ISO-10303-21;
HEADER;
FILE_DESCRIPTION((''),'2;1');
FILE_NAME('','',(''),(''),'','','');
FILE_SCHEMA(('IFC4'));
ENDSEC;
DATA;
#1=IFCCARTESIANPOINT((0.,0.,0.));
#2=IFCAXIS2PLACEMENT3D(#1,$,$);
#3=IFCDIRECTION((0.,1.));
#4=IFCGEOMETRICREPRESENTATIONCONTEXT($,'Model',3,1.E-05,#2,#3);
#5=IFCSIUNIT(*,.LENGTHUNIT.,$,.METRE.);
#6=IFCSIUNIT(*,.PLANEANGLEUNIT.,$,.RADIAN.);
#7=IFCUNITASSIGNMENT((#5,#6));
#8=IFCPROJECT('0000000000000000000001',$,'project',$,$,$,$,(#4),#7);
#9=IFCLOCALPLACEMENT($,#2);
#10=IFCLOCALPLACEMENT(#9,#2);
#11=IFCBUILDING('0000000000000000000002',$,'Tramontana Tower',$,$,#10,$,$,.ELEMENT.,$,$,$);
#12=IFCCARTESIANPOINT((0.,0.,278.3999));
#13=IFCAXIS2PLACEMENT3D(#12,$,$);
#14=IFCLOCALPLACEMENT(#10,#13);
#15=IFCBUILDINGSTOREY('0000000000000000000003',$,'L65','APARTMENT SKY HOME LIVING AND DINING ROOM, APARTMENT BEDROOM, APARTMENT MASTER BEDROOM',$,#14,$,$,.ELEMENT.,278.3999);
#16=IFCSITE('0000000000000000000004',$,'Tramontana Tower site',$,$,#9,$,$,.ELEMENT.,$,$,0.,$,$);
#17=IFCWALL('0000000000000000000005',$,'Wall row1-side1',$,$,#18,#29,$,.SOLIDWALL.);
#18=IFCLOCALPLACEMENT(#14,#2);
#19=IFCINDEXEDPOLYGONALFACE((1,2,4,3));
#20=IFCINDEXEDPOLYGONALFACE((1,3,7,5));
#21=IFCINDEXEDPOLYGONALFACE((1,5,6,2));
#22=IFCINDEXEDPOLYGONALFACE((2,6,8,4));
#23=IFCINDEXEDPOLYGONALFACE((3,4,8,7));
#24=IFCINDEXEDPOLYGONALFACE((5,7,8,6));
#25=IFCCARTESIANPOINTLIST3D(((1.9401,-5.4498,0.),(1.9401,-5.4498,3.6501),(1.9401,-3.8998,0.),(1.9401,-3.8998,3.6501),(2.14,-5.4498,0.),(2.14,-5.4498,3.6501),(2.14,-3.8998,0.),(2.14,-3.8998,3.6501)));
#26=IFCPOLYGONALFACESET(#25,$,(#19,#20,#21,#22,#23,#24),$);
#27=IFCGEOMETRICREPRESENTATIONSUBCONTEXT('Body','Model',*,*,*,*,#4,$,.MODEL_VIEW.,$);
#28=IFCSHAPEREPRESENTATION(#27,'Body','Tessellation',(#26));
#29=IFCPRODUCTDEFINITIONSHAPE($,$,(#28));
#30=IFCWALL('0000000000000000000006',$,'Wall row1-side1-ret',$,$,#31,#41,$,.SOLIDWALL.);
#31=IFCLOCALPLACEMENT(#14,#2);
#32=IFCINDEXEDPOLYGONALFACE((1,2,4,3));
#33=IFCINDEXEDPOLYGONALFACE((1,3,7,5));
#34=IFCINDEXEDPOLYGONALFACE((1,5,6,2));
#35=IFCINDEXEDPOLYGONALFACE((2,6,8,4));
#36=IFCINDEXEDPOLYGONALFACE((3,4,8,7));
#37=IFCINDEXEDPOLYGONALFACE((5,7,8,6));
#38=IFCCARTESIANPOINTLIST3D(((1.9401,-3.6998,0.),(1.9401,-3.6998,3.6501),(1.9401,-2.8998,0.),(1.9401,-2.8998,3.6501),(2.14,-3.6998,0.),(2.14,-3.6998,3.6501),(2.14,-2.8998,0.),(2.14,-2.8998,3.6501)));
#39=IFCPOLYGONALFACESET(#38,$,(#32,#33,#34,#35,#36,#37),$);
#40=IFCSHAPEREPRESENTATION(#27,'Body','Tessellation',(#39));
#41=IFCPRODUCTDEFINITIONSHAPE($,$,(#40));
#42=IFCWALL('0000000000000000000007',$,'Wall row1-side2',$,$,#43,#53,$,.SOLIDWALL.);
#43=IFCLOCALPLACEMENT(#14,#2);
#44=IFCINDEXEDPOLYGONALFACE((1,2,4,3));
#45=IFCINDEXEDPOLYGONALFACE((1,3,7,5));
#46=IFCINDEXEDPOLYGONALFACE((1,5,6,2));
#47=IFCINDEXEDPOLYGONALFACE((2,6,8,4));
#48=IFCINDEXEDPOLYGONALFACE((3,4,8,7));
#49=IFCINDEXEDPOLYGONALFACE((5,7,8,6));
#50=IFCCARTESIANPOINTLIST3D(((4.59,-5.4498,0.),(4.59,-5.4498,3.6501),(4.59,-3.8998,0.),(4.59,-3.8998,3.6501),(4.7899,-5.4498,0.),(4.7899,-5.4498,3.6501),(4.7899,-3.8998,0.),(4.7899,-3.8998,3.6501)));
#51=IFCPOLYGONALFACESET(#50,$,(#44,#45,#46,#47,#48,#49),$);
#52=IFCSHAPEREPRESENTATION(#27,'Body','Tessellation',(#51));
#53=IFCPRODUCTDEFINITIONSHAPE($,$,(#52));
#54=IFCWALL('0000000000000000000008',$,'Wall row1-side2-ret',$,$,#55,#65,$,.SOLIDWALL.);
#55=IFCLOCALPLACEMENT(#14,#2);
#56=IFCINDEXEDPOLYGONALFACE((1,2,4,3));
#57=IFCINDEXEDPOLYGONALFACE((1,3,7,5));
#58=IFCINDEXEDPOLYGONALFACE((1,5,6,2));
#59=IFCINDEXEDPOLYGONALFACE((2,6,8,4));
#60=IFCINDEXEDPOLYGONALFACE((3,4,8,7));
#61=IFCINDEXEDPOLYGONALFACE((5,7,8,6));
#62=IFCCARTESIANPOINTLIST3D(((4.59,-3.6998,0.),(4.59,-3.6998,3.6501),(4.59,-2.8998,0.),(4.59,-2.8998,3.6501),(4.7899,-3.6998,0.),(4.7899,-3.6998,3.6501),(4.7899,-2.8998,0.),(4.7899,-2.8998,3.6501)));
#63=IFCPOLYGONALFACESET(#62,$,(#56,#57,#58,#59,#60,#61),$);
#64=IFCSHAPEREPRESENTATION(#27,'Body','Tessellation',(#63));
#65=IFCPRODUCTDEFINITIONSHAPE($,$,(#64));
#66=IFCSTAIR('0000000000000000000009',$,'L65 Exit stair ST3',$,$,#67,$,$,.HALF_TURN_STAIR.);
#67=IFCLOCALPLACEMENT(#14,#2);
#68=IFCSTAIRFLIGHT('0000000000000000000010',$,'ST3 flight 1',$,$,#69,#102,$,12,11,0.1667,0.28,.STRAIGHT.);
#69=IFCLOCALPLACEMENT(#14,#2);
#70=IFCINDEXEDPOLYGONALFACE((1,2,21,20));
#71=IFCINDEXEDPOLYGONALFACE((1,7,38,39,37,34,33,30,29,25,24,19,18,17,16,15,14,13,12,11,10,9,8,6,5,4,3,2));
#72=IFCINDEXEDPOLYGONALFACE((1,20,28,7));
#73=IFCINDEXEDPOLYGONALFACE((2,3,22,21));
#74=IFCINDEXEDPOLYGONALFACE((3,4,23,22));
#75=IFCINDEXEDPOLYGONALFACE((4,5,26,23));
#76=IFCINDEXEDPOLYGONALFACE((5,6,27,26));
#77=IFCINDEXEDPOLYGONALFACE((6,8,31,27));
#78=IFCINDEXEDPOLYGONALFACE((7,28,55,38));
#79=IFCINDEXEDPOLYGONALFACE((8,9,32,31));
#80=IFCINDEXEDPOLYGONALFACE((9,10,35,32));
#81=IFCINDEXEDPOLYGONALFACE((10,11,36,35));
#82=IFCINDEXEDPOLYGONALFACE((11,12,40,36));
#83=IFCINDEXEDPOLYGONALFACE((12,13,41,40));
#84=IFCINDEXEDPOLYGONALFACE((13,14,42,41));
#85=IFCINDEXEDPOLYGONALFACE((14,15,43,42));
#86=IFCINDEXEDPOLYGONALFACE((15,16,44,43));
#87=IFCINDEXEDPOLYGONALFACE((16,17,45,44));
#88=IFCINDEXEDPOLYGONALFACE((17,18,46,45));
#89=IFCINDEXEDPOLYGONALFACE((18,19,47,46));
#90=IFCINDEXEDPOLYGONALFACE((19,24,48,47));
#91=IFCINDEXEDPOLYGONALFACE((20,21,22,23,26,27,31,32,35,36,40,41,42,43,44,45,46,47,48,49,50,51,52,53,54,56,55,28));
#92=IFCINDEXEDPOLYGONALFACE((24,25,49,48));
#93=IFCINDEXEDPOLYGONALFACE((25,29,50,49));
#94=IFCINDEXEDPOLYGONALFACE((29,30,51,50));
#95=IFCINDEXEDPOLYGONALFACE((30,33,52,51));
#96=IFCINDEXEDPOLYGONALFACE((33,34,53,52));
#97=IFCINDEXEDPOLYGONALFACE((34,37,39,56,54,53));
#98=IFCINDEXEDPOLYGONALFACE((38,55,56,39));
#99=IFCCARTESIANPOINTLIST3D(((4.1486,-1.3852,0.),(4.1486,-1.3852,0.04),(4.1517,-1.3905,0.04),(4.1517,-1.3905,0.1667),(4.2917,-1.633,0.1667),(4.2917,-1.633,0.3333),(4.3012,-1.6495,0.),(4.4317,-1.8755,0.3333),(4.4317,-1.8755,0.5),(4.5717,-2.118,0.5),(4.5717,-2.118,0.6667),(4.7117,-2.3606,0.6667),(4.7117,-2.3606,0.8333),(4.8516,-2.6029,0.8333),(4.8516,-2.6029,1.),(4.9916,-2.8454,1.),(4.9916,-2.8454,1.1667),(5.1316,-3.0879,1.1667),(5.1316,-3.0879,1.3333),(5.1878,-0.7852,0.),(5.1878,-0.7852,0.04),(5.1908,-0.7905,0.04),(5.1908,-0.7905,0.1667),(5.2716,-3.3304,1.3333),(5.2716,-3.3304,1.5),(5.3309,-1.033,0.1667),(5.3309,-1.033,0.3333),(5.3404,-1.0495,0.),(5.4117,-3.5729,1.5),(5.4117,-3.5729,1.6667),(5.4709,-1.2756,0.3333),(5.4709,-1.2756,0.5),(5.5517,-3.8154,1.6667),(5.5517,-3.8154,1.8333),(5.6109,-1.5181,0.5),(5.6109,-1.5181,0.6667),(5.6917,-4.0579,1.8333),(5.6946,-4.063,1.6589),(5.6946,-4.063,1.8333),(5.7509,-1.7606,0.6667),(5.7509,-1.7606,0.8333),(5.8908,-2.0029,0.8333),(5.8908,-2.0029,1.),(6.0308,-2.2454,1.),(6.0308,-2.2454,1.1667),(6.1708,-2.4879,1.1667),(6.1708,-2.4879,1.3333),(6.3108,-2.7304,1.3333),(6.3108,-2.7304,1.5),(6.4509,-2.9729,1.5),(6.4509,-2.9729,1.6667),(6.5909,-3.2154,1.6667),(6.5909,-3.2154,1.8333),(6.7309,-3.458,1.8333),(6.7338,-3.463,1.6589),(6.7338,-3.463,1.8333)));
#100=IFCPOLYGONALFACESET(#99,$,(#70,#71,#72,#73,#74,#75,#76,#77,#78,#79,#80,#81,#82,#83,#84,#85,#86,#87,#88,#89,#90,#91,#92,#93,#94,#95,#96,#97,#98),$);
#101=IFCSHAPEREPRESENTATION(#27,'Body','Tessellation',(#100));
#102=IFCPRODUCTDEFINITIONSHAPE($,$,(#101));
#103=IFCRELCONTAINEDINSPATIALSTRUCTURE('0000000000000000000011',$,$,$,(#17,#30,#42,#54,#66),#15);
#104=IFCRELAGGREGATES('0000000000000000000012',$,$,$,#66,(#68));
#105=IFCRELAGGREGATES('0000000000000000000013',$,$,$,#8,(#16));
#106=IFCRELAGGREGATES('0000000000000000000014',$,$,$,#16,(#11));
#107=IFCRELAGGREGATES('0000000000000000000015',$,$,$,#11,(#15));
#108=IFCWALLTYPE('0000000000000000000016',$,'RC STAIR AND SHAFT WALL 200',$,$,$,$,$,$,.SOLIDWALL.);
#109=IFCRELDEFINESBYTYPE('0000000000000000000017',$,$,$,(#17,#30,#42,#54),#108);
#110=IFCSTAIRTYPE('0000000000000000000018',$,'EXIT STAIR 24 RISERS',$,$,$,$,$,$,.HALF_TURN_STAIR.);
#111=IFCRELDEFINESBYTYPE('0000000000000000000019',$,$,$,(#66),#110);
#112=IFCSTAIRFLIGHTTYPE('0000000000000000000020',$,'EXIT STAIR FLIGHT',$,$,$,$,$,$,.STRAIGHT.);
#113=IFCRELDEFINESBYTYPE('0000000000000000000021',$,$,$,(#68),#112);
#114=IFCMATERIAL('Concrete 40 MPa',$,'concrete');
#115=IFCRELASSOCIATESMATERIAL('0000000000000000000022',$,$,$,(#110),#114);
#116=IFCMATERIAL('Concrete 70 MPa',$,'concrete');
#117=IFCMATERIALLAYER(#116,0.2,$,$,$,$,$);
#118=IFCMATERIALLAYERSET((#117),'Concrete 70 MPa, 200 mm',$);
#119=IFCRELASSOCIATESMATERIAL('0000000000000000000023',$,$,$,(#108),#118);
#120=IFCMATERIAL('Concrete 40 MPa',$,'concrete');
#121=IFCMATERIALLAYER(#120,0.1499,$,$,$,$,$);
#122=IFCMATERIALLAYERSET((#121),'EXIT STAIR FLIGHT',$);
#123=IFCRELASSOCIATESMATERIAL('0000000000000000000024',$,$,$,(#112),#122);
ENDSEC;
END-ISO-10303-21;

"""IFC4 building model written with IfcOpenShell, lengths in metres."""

from ifc_helpers import new_model, si_unit, direction, frame, frame_2d, origin, place, context, subcontext, project, spatial, polyline, rectangle, outline, extrude, material, layer, layer_set, type_object, element, aggregate, save


model = new_model("IFC4")

# Units and contexts
model_context = context("Model", 3, precision=1e-05, world=origin(), true_north=direction((0.0, 1.0)))
body_context = subcontext(model_context, "Body", "Model", "MODEL_VIEW")
ifc_project = project(units=[si_unit("LENGTHUNIT", "METRE"), si_unit("PLANEANGLEUNIT", "RADIAN")], contexts=[model_context])

# Site, building, storey
site_placement = place(None, origin())
site = spatial("IfcSite", under=ifc_project, at=site_placement, Name="Tramontana Tower site", CompositionType="ELEMENT", RefElevation=0.0)
building_placement = place(site_placement, origin())
building = spatial("IfcBuilding", under=site, at=building_placement, Name="Tramontana Tower", CompositionType="ELEMENT")
storey_placement = place(building_placement, frame((0.0, 0.0, 278.3999)))
storey = spatial("IfcBuildingStorey", under=building, at=storey_placement, Name="L65", Description="APARTMENT SKY HOME LIVING AND DINING ROOM, APARTMENT BEDROOM, APARTMENT MASTER BEDROOM", CompositionType="ELEMENT", Elevation=278.3999)

# Shared definitions
ifc_material_1 = material(Name="Concrete 40 MPa", Category="concrete")
stair_type = type_object("IfcStairType", Name="EXIT STAIR 24 RISERS", PredefinedType="HALF_TURN_STAIR", material=ifc_material_1)

# Shared definitions
ifc_material_2 = material(Name="Concrete 70 MPa", Category="concrete")
ifc_layer_1 = layer(ifc_material_2, 0.2)
ifc_layer_set_1 = layer_set([ifc_layer_1], Name="Concrete 70 MPa, 200 mm")
wall_type = type_object("IfcWallType", Name="RC STAIR AND SHAFT WALL 200", PredefinedType="SOLIDWALL", material=ifc_layer_set_1)

# Walls
wall_1_placement = place(storey_placement, frame((2.04, -3.8999, 0.0), z_axis=(0.0, 0.0, 1.0), x_axis=(0.0, -1.0, 0.0)))
element("IfcWall", 1, at=wall_1_placement, inside=storey, type_object=wall_type, Name="Wall row1-side1", PredefinedType="SOLIDWALL", context=body_context, shape_type="SweptSolid", body=[
    extrude(rectangle(XDim=1.55, YDim=0.2, at=frame_2d((0.7749, 0.0))), origin(), (0.0, 0.0, 1.0), 3.6501),
])
wall_2_placement = place(storey_placement, frame((2.04, -2.8999, 0.0), z_axis=(0.0, 0.0, 1.0), x_axis=(0.0, -1.0, 0.0)))
element("IfcWall", 2, at=wall_2_placement, inside=storey, type_object=wall_type, Name="Wall row1-side1-ret", PredefinedType="SOLIDWALL", context=body_context, shape_type="SweptSolid", body=[
    extrude(rectangle(XDim=0.8, YDim=0.2, at=frame_2d((0.3999, 0.0))), origin(), (0.0, 0.0, 1.0), 3.6501),
])
wall_3_placement = place(storey_placement, frame((4.6899, -3.8999, 0.0), z_axis=(0.0, 0.0, 1.0), x_axis=(0.0, -1.0, 0.0)))
element("IfcWall", 3, at=wall_3_placement, inside=storey, type_object=wall_type, Name="Wall row1-side2", PredefinedType="SOLIDWALL", context=body_context, shape_type="SweptSolid", body=[
    extrude(rectangle(XDim=1.55, YDim=0.2, at=frame_2d((0.7749, 0.0))), origin(), (0.0, 0.0, 1.0), 3.6501),
])
wall_4_placement = place(storey_placement, frame((4.6899, -2.8999, 0.0), z_axis=(0.0, 0.0, 1.0), x_axis=(0.0, -1.0, 0.0)))
element("IfcWall", 4, at=wall_4_placement, inside=storey, type_object=wall_type, Name="Wall row1-side2-ret", PredefinedType="SOLIDWALL", context=body_context, shape_type="SweptSolid", body=[
    extrude(rectangle(XDim=0.8, YDim=0.2, at=frame_2d((0.3999, 0.0))), origin(), (0.0, 0.0, 1.0), 3.6501),
])

# Stair, stair flight
stair_1_placement = place(storey_placement, origin())
stair_1 = element("IfcStair", 5, at=stair_1_placement, inside=storey, type_object=stair_type, Name="L65 Exit stair ST3", PredefinedType="HALF_TURN_STAIR")
ifc_material_3 = material(Name="Concrete 40 MPa", Category="concrete")
ifc_layer_2 = layer(ifc_material_3, 0.1499)
ifc_layer_set_2 = layer_set([ifc_layer_2], Name="EXIT STAIR FLIGHT")
stair_flight_type = type_object("IfcStairFlightType", Name="EXIT STAIR FLIGHT", PredefinedType="STRAIGHT", material=ifc_layer_set_2)
stair_flight_placement = place(storey_placement, frame((4.6711, -1.0906, 0.0), z_axis=(0.0, 0.0, 1.0), x_axis=(0.5, -0.866025, 0.0)))
stair_flight = element("IfcStairFlight", 6, at=stair_flight_placement, type_object=stair_flight_type, Name="ST3 flight 1", NumberOfRisers=12, NumberOfTreads=11, PredefinedType="STRAIGHT", RiserHeight=0.1667, TreadLength=0.28, context=body_context, shape_type="SweptSolid", body=[
    extrude(outline(polyline([(-0.0061, 0.0), (-0.0061, 0.04), (0.0, 0.04), (0.0, 0.1667), (0.28, 0.1667), (0.28, 0.3333), (0.5601, 0.3333), (0.5601, 0.5), (0.8401, 0.5), (0.8401, 0.6667), (1.1201, 0.6667), (1.1201, 0.8333), (1.3999, 0.8333), (1.3999, 1.0), (1.6799, 1.0), (1.6799, 1.1667), (1.96, 1.1667), (1.96, 1.3333), (2.24, 1.3333), (2.24, 1.5), (2.52, 1.5), (2.52, 1.6667), (2.8, 1.6667), (2.8, 1.8333), (3.0801, 1.8333), (3.0859, 1.8333), (3.0859, 1.6589), (0.2991, 0.0), (-0.0061, 0.0)])), frame((0.0, 0.6001, 0.0), z_axis=(0.0, -1.0, 0.0), x_axis=(1.0, 0.0, 0.0)), (0.0, 0.0, 1.0), 1.2),
])
aggregate(stair_1, [stair_flight])

save(model, "model.ifc")
